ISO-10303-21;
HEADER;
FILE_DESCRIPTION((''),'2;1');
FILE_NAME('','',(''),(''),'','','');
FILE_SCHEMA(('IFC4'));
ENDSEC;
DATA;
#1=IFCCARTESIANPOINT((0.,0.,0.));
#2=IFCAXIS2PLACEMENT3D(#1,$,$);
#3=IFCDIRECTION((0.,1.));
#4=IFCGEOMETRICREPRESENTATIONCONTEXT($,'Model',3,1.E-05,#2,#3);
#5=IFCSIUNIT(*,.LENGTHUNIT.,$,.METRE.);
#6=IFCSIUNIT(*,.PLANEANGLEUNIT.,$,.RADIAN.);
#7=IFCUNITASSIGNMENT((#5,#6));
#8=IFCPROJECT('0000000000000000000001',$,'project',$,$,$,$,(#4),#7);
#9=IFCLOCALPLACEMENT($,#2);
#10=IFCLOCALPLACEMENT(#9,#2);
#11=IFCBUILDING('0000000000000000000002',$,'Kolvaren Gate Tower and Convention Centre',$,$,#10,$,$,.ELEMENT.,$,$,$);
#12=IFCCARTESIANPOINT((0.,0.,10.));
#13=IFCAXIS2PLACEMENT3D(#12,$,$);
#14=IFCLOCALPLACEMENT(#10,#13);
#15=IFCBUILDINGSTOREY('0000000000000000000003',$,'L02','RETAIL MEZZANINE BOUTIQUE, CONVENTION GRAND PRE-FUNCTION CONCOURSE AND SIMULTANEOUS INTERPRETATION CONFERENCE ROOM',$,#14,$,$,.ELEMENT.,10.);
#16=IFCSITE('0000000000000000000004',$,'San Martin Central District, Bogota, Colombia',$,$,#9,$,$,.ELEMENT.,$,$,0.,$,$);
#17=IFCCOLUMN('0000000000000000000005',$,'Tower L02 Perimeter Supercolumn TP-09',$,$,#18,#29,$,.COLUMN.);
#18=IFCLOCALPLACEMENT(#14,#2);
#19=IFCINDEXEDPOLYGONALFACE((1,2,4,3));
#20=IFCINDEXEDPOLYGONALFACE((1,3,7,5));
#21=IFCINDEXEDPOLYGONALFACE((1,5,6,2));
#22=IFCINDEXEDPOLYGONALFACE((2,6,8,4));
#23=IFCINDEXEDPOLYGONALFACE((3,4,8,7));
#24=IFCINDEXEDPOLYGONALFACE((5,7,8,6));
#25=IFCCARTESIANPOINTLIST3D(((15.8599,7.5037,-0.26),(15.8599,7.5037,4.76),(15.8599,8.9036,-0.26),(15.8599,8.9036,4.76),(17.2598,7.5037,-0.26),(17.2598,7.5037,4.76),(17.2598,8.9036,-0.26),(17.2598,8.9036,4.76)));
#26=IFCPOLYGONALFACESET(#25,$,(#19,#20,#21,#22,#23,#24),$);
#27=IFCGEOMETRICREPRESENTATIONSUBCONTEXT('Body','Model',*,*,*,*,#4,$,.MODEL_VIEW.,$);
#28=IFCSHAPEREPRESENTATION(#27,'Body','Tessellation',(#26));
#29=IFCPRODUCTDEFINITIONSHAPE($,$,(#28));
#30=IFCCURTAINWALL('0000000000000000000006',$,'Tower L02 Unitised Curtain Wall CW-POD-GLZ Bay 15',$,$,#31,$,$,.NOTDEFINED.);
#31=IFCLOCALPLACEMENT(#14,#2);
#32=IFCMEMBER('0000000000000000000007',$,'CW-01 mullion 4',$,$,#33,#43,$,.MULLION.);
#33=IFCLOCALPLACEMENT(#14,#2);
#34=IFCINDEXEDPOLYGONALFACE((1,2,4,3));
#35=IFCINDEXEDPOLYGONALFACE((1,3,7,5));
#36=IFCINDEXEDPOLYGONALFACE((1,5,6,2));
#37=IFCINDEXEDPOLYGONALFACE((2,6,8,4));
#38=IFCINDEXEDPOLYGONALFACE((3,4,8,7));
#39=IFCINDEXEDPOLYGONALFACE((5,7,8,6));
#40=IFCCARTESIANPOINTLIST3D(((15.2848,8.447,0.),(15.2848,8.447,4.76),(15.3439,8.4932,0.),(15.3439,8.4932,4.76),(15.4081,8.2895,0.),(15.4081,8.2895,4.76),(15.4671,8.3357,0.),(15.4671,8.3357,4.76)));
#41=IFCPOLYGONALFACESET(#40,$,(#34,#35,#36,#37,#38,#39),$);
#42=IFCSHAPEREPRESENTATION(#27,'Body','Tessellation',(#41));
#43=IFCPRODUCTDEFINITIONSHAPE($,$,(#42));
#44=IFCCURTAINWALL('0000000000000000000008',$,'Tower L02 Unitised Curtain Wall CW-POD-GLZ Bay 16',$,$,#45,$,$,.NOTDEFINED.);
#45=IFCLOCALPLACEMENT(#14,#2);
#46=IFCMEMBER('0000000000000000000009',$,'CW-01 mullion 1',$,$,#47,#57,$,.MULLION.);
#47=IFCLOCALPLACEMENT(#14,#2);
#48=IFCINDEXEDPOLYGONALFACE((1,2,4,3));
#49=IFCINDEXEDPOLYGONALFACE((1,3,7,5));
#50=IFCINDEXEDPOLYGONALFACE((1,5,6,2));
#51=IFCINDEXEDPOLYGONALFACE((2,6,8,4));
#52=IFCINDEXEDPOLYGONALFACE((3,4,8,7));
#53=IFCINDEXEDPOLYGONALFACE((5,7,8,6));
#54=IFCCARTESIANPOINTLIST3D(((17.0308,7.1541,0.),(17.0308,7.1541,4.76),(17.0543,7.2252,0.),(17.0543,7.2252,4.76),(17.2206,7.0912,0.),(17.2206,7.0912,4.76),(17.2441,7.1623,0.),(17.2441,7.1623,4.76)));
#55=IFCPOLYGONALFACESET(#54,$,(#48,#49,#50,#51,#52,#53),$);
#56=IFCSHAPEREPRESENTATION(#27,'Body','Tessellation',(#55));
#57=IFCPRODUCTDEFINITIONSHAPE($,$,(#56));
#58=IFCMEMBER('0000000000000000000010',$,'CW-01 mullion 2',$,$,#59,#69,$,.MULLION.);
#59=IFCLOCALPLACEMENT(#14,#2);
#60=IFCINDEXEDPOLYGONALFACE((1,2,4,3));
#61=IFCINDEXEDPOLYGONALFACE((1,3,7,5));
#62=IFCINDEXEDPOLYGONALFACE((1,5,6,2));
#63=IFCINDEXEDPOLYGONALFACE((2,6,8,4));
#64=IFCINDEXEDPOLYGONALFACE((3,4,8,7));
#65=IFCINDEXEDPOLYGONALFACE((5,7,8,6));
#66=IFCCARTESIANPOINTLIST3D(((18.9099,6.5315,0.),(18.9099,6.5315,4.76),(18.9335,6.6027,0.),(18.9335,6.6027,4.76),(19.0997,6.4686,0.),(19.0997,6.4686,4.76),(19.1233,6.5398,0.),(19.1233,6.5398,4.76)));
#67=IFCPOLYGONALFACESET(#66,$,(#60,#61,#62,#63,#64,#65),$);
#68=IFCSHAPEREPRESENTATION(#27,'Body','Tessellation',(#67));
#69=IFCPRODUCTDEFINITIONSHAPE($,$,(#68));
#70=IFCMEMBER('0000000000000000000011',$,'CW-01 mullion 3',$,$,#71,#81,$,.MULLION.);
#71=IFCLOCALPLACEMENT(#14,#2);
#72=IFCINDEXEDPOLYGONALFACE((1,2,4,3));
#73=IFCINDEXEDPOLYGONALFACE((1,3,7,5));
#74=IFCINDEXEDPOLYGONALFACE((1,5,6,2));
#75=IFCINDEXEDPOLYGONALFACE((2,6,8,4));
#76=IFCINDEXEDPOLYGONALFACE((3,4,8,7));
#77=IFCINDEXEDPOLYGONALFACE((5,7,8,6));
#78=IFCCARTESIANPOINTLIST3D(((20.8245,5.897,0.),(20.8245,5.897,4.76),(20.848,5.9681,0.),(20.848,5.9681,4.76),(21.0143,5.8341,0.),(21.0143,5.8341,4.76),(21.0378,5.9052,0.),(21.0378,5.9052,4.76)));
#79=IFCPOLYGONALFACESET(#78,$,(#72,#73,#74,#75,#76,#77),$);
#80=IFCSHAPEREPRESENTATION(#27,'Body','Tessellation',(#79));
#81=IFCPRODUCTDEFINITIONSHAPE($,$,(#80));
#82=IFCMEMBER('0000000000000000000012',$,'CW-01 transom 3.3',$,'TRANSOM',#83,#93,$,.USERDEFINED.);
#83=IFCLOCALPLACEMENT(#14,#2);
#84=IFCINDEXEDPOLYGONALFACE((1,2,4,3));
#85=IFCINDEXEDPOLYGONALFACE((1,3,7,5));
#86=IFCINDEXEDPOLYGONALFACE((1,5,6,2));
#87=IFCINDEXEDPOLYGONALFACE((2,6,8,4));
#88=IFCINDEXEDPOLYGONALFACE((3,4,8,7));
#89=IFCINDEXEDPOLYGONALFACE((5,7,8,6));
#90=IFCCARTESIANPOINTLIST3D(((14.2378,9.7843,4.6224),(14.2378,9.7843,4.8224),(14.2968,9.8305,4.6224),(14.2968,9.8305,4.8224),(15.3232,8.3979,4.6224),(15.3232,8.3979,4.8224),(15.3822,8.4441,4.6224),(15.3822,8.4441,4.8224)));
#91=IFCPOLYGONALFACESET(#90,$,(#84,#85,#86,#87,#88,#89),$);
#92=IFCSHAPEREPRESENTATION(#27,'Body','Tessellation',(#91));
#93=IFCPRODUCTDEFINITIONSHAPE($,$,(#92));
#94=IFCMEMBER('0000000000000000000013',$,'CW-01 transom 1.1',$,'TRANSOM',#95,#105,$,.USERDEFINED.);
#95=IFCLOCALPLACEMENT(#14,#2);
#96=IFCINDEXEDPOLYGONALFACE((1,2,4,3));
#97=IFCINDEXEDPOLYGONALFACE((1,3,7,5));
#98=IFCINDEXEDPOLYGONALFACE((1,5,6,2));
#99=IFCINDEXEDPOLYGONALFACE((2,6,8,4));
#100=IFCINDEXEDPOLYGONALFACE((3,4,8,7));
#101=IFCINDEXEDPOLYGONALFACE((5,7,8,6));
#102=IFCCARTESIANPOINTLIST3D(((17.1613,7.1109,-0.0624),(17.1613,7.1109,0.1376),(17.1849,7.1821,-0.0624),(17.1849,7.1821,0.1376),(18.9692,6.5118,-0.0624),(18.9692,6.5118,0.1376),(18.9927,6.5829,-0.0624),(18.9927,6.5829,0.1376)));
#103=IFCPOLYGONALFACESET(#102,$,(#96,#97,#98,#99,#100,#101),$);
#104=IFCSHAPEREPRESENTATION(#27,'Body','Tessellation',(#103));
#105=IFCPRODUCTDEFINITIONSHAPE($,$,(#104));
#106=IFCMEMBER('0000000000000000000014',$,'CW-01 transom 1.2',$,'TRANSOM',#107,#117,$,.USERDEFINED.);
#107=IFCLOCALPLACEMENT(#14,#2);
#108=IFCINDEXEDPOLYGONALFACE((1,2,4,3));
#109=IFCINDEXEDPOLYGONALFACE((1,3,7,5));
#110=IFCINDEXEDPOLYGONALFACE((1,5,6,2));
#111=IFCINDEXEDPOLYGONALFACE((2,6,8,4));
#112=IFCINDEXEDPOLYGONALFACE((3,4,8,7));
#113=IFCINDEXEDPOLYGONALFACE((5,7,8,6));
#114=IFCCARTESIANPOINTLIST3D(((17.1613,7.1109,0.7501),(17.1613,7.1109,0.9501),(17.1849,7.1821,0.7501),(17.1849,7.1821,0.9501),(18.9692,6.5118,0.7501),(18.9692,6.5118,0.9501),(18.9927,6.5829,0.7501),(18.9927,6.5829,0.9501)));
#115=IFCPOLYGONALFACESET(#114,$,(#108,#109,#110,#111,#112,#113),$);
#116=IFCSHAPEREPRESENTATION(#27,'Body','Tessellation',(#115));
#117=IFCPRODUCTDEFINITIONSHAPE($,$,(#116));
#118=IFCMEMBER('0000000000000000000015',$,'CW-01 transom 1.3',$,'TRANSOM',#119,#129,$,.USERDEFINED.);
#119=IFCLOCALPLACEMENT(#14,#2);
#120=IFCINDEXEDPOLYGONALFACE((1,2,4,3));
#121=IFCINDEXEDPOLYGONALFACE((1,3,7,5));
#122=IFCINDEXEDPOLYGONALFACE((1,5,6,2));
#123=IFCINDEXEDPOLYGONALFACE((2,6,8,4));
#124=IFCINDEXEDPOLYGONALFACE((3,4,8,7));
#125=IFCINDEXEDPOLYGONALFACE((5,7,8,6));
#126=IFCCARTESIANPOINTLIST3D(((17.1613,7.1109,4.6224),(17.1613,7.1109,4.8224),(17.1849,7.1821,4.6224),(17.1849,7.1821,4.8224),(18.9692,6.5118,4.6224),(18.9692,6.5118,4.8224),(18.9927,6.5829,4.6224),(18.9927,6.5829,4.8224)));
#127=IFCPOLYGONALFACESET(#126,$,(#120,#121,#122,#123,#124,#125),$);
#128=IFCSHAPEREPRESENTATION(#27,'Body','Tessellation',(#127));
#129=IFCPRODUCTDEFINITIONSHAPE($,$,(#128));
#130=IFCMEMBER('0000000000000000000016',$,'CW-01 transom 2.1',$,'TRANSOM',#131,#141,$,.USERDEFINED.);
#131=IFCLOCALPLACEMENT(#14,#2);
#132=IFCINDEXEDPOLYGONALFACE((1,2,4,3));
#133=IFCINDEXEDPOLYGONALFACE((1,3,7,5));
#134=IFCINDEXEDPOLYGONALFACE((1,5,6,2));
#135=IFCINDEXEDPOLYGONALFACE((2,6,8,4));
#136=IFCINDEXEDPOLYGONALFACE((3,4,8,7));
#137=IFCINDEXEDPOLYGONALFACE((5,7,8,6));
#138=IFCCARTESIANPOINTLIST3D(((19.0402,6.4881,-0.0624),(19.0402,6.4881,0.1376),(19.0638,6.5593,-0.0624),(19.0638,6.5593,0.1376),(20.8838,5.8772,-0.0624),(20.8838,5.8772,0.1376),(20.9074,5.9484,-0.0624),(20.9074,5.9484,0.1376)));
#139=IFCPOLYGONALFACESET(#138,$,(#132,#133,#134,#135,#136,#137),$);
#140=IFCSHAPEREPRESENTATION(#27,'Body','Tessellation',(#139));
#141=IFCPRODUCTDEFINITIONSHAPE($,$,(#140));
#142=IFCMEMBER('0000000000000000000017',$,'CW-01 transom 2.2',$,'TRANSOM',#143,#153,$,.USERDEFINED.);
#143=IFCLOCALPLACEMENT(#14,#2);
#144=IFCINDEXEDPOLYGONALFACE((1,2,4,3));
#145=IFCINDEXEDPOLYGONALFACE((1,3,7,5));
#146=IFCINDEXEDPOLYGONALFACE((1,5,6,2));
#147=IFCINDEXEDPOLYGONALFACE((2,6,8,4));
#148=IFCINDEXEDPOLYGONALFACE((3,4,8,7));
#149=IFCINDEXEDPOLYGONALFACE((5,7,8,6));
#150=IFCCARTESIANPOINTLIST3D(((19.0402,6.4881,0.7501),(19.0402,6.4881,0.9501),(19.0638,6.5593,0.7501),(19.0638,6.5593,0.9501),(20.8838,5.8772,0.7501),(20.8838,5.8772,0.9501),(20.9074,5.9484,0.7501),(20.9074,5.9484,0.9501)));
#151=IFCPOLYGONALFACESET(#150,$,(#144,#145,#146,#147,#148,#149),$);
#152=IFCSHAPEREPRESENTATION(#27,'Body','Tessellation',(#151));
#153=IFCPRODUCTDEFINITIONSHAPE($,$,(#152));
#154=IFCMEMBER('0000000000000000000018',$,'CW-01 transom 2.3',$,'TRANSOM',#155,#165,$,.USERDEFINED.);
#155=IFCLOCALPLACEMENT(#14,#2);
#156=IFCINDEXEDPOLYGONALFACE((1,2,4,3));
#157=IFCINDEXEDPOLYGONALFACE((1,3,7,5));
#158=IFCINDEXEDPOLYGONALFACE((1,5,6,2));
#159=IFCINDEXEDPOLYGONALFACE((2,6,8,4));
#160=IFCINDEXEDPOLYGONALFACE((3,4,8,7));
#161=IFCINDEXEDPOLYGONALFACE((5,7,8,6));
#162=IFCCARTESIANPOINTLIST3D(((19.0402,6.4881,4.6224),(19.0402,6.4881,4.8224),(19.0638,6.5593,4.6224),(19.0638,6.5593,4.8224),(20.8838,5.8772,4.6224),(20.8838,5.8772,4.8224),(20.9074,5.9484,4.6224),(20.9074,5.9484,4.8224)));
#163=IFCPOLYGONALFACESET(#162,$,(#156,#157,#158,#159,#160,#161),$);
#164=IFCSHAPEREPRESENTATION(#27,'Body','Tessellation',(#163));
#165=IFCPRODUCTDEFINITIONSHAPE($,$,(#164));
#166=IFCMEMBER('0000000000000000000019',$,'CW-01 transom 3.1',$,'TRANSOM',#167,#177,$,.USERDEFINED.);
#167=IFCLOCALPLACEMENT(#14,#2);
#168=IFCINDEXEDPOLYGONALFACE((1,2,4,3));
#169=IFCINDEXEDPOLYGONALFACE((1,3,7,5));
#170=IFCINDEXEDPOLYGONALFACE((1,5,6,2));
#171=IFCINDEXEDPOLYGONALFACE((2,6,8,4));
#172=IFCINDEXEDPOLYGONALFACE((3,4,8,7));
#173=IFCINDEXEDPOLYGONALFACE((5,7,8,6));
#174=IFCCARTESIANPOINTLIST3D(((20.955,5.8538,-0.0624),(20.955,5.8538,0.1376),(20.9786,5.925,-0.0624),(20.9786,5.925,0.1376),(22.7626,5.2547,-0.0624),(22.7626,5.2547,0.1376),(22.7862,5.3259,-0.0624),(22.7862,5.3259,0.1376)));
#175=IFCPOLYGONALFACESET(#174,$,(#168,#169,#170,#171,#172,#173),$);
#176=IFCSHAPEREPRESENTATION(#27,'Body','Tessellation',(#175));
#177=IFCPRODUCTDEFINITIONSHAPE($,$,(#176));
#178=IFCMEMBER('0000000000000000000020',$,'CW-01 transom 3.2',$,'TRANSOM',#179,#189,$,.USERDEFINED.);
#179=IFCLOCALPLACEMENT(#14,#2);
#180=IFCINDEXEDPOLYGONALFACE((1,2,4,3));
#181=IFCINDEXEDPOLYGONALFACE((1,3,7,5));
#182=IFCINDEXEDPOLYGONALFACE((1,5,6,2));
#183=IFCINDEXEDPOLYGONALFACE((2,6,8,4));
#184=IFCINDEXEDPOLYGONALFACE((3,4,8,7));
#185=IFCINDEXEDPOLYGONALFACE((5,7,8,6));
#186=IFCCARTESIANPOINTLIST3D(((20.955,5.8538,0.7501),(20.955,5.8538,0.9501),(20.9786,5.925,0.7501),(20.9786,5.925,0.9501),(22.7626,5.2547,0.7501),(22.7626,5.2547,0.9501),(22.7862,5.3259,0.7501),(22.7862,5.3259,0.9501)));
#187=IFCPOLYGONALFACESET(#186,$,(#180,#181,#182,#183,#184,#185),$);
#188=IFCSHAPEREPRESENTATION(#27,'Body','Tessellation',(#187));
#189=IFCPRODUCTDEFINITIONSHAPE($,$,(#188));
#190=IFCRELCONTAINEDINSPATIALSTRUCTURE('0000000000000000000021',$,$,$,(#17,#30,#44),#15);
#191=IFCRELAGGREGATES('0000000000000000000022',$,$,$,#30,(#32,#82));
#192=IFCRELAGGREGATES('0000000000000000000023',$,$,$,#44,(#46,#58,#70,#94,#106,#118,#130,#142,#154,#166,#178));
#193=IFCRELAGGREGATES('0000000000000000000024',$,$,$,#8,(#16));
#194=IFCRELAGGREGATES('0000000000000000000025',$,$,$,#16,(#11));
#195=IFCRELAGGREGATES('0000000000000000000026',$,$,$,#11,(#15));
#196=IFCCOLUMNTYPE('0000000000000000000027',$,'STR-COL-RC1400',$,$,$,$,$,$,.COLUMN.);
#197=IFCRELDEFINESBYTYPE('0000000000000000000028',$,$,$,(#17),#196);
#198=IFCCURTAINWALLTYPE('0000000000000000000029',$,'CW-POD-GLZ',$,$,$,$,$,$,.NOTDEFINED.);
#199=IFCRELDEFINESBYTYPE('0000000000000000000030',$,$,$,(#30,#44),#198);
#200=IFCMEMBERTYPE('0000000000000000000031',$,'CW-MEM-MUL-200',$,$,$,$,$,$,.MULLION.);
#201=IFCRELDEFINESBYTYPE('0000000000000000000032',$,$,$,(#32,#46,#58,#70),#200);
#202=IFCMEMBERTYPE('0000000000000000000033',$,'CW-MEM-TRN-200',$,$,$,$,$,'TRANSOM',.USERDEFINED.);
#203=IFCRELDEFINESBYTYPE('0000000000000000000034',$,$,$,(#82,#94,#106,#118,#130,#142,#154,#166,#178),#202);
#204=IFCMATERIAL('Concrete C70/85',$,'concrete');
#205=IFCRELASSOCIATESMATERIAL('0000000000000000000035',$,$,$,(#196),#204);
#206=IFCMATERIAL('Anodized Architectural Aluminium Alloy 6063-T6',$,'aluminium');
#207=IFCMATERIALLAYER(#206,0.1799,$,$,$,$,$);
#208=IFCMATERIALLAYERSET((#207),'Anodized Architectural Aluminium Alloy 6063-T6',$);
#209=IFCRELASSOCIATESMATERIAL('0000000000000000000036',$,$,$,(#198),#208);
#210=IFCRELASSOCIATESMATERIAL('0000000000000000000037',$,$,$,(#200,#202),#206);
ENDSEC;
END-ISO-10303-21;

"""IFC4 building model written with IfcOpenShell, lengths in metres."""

from ifc_helpers import new_model, si_unit, direction, frame, origin, origin_2d, place, context, subcontext, project, spatial, rectangle, extrude, material, layer, layer_set, material_profile, profile_set, type_object, element, aggregate, save


model = new_model("IFC4")

# Units and contexts
model_context = context("Model", 3, precision=1e-05, world=origin(), true_north=direction((0.0, 1.0)))
body_context = subcontext(model_context, "Body", "Model", "MODEL_VIEW")
ifc_project = project(units=[si_unit("LENGTHUNIT", "METRE"), si_unit("PLANEANGLEUNIT", "RADIAN")], contexts=[model_context])

# Site, building, storey
site_placement = place(None, origin())
site = spatial("IfcSite", under=ifc_project, at=site_placement, Name="San Martin Central District, Bogota, Colombia", CompositionType="ELEMENT", RefElevation=0.0)
building_placement = place(site_placement, origin())
building = spatial("IfcBuilding", under=site, at=building_placement, Name="Kolvaren Gate Tower and Convention Centre", CompositionType="ELEMENT")
storey_placement = place(building_placement, frame((0.0, 0.0, 10.0)))
storey = spatial("IfcBuildingStorey", under=building, at=storey_placement, Name="L02", Description="RETAIL MEZZANINE BOUTIQUE, CONVENTION GRAND PRE-FUNCTION CONCOURSE AND SIMULTANEOUS INTERPRETATION CONFERENCE ROOM", CompositionType="ELEMENT", Elevation=10.0)

# Column
ifc_material_1 = material(Name="Concrete C70/85", Category="concrete")
ifc_material_profile_1 = material_profile(ifc_material_1, rectangle(XDim=1.3999, YDim=1.3999, at=origin_2d()), Name="RC-COL-1400X1400")
ifc_profile_set_1 = profile_set([ifc_material_profile_1], Name="Concrete C70/85")
column_type = type_object("IfcColumnType", Name="STR-COL-RC1400", PredefinedType="COLUMN", material=ifc_profile_set_1)
column_placement = place(storey_placement, frame((16.5598, 8.2036, -0.26), z_axis=(0.0, 0.0, 1.0), x_axis=(1.0, 0.0, 0.0)))
element("IfcColumn", 1, at=column_placement, inside=storey, type_object=column_type, Name="Tower L02 Perimeter Supercolumn TP-09", PredefinedType="COLUMN", context=body_context, shape_type="SweptSolid", body=[
    extrude(rectangle(XDim=1.3999, YDim=1.3999, at=origin_2d()), origin(), (0.0, 0.0, 1.0), 5.02),
])

# Curtain wall, member
ifc_material_2 = material(Name="Anodized Architectural Aluminium Alloy 6063-T6", Category="aluminium")
ifc_layer_1 = layer(ifc_material_2, 0.1799)
ifc_layer_set_1 = layer_set([ifc_layer_1], Name="Anodized Architectural Aluminium Alloy 6063-T6")
curtain_wall_type = type_object("IfcCurtainWallType", Name="CW-POD-GLZ", PredefinedType="NOTDEFINED", material=ifc_layer_set_1)
curtain_wall_1_placement = place(storey_placement, origin())
curtain_wall_1 = element("IfcCurtainWall", 2, at=curtain_wall_1_placement, inside=storey, type_object=curtain_wall_type, Name="Tower L02 Unitised Curtain Wall CW-POD-GLZ Bay 15", PredefinedType="NOTDEFINED")
ifc_material_profile_2 = material_profile(ifc_material_2, rectangle(XDim=0.075, YDim=0.2, at=origin_2d()), Name="CW-MEM-MUL-200")
ifc_profile_set_2 = profile_set([ifc_material_profile_2], Name="Anodized Architectural Aluminium Alloy 6063-T6")
member_type_1 = type_object("IfcMemberType", Name="CW-MEM-MUL-200", PredefinedType="MULLION", material=ifc_profile_set_2)
member_1_placement = place(storey_placement, frame((15.376, 8.3914, 0.0), z_axis=(0.0, 0.0, 1.0), x_axis=(0.787417, 0.616421, 0.0)))
member_1 = element("IfcMember", 3, at=member_1_placement, type_object=member_type_1, Name="CW-01 mullion 4", PredefinedType="MULLION", context=body_context, shape_type="SweptSolid", body=[
    extrude(rectangle(XDim=0.075, YDim=0.2, at=origin_2d()), origin(), (0.0, 0.0, 1.0), 4.76),
])

# Curtain wall, members
curtain_wall_2_placement = place(storey_placement, origin())
curtain_wall_2 = element("IfcCurtainWall", 4, at=curtain_wall_2_placement, inside=storey, type_object=curtain_wall_type, Name="Tower L02 Unitised Curtain Wall CW-POD-GLZ Bay 16", PredefinedType="NOTDEFINED")
member_2_placement = place(storey_placement, frame((17.1375, 7.1582, 0.0), z_axis=(0.0, 0.0, 1.0), x_axis=(0.314547, 0.949242, 0.0)))
member_2 = element("IfcMember", 5, at=member_2_placement, type_object=member_type_1, Name="CW-01 mullion 1", PredefinedType="MULLION", context=body_context, shape_type="SweptSolid", body=[
    extrude(rectangle(XDim=0.075, YDim=0.2, at=origin_2d()), origin(), (0.0, 0.0, 1.0), 4.76),
])
member_3_placement = place(storey_placement, frame((19.0166, 6.5356, 0.0), z_axis=(0.0, 0.0, 1.0), x_axis=(0.314547, 0.949242, 0.0)))
member_3 = element("IfcMember", 6, at=member_3_placement, type_object=member_type_1, Name="CW-01 mullion 2", PredefinedType="MULLION", context=body_context, shape_type="SweptSolid", body=[
    extrude(rectangle(XDim=0.075, YDim=0.2, at=origin_2d()), origin(), (0.0, 0.0, 1.0), 4.76),
])
member_4_placement = place(storey_placement, frame((20.9312, 5.9011, 0.0), z_axis=(0.0, 0.0, 1.0), x_axis=(0.314547, 0.949242, 0.0)))
member_4 = element("IfcMember", 7, at=member_4_placement, type_object=member_type_1, Name="CW-01 mullion 3", PredefinedType="MULLION", context=body_context, shape_type="SweptSolid", body=[
    extrude(rectangle(XDim=0.075, YDim=0.2, at=origin_2d()), origin(), (0.0, 0.0, 1.0), 4.76),
])

# Members
ifc_material_profile_3 = material_profile(ifc_material_2, rectangle(XDim=0.075, YDim=0.2, at=origin_2d()), Name="CW-MEM-TRN-200")
ifc_profile_set_3 = profile_set([ifc_material_profile_3], Name="Anodized Architectural Aluminium Alloy 6063-T6")
member_type_2 = type_object("IfcMemberType", Name="CW-MEM-TRN-200", ElementType="TRANSOM", PredefinedType="USERDEFINED", material=ifc_profile_set_3)
member_5_placement = place(storey_placement, frame((14.2673, 9.8074, 4.7224), z_axis=(0.616443, -0.7874, 0.0), x_axis=(0.7874, 0.616443, 0.0)))
member_5 = element("IfcMember", 8, at=member_5_placement, type_object=member_type_2, Name="CW-01 transom 3.3", ObjectType="TRANSOM", PredefinedType="USERDEFINED", context=body_context, shape_type="SweptSolid", body=[
    extrude(rectangle(XDim=0.075, YDim=0.2, at=origin_2d()), origin(), (0.0, 0.0, 1.0), 1.7607),
])
member_6_placement = place(storey_placement, frame((17.1731, 7.1465, 0.0376), z_axis=(0.949233, -0.314574, 0.0), x_axis=(0.314574, 0.949233, 0.0)))
member_6 = element("IfcMember", 9, at=member_6_placement, type_object=member_type_2, Name="CW-01 transom 1.1", ObjectType="TRANSOM", PredefinedType="USERDEFINED", context=body_context, shape_type="SweptSolid", body=[
    extrude(rectangle(XDim=0.075, YDim=0.2, at=origin_2d()), origin(), (0.0, 0.0, 1.0), 1.9045),
])
member_7_placement = place(storey_placement, frame((17.1731, 7.1465, 0.8501), z_axis=(0.949233, -0.314574, 0.0), x_axis=(0.314574, 0.949233, 0.0)))
member_7 = element("IfcMember", 10, at=member_7_placement, type_object=member_type_2, Name="CW-01 transom 1.2", ObjectType="TRANSOM", PredefinedType="USERDEFINED", context=body_context, shape_type="SweptSolid", body=[
    extrude(rectangle(XDim=0.075, YDim=0.2, at=origin_2d()), origin(), (0.0, 0.0, 1.0), 1.9045),
])
member_8_placement = place(storey_placement, frame((17.1731, 7.1465, 4.7224), z_axis=(0.949233, -0.314574, 0.0), x_axis=(0.314574, 0.949233, 0.0)))
member_8 = element("IfcMember", 11, at=member_8_placement, type_object=member_type_2, Name="CW-01 transom 1.3", ObjectType="TRANSOM", PredefinedType="USERDEFINED", context=body_context, shape_type="SweptSolid", body=[
    extrude(rectangle(XDim=0.075, YDim=0.2, at=origin_2d()), origin(), (0.0, 0.0, 1.0), 1.9045),
])
member_9_placement = place(storey_placement, frame((19.052, 6.5237, 0.0376), z_axis=(0.949247, -0.31453, 0.0), x_axis=(0.31453, 0.949247, 0.0)))
member_9 = element("IfcMember", 12, at=member_9_placement, type_object=member_type_2, Name="CW-01 transom 2.1", ObjectType="TRANSOM", PredefinedType="USERDEFINED", context=body_context, shape_type="SweptSolid", body=[
    extrude(rectangle(XDim=0.075, YDim=0.2, at=origin_2d()), origin(), (0.0, 0.0, 1.0), 1.9421),
])
member_10_placement = place(storey_placement, frame((19.052, 6.5237, 0.8501), z_axis=(0.949247, -0.31453, 0.0), x_axis=(0.31453, 0.949247, 0.0)))
member_10 = element("IfcMember", 13, at=member_10_placement, type_object=member_type_2, Name="CW-01 transom 2.2", ObjectType="TRANSOM", PredefinedType="USERDEFINED", context=body_context, shape_type="SweptSolid", body=[
    extrude(rectangle(XDim=0.075, YDim=0.2, at=origin_2d()), origin(), (0.0, 0.0, 1.0), 1.9421),
])
member_11_placement = place(storey_placement, frame((19.052, 6.5237, 4.7224), z_axis=(0.949247, -0.31453, 0.0), x_axis=(0.31453, 0.949247, 0.0)))
member_11 = element("IfcMember", 14, at=member_11_placement, type_object=member_type_2, Name="CW-01 transom 2.3", ObjectType="TRANSOM", PredefinedType="USERDEFINED", context=body_context, shape_type="SweptSolid", body=[
    extrude(rectangle(XDim=0.075, YDim=0.2, at=origin_2d()), origin(), (0.0, 0.0, 1.0), 1.9421),
])
member_12_placement = place(storey_placement, frame((20.9668, 5.8894, 0.0376), z_axis=(0.94922, -0.314612, 0.0), x_axis=(0.314612, 0.94922, 0.0)))
member_12 = element("IfcMember", 15, at=member_12_placement, type_object=member_type_2, Name="CW-01 transom 3.1", ObjectType="TRANSOM", PredefinedType="USERDEFINED", context=body_context, shape_type="SweptSolid", body=[
    extrude(rectangle(XDim=0.075, YDim=0.2, at=origin_2d()), origin(), (0.0, 0.0, 1.0), 1.9043),
])
member_13_placement = place(storey_placement, frame((20.9668, 5.8894, 0.8501), z_axis=(0.94922, -0.314612, 0.0), x_axis=(0.314612, 0.94922, 0.0)))
member_13 = element("IfcMember", 16, at=member_13_placement, type_object=member_type_2, Name="CW-01 transom 3.2", ObjectType="TRANSOM", PredefinedType="USERDEFINED", context=body_context, shape_type="SweptSolid", body=[
    extrude(rectangle(XDim=0.075, YDim=0.2, at=origin_2d()), origin(), (0.0, 0.0, 1.0), 1.9043),
])

aggregate(curtain_wall_1, [member_1, member_5])
aggregate(curtain_wall_2, [member_2, member_3, member_4, member_6, member_7, member_8, member_9, member_10, member_11, member_12, member_13])

save(model, "model.ifc")
